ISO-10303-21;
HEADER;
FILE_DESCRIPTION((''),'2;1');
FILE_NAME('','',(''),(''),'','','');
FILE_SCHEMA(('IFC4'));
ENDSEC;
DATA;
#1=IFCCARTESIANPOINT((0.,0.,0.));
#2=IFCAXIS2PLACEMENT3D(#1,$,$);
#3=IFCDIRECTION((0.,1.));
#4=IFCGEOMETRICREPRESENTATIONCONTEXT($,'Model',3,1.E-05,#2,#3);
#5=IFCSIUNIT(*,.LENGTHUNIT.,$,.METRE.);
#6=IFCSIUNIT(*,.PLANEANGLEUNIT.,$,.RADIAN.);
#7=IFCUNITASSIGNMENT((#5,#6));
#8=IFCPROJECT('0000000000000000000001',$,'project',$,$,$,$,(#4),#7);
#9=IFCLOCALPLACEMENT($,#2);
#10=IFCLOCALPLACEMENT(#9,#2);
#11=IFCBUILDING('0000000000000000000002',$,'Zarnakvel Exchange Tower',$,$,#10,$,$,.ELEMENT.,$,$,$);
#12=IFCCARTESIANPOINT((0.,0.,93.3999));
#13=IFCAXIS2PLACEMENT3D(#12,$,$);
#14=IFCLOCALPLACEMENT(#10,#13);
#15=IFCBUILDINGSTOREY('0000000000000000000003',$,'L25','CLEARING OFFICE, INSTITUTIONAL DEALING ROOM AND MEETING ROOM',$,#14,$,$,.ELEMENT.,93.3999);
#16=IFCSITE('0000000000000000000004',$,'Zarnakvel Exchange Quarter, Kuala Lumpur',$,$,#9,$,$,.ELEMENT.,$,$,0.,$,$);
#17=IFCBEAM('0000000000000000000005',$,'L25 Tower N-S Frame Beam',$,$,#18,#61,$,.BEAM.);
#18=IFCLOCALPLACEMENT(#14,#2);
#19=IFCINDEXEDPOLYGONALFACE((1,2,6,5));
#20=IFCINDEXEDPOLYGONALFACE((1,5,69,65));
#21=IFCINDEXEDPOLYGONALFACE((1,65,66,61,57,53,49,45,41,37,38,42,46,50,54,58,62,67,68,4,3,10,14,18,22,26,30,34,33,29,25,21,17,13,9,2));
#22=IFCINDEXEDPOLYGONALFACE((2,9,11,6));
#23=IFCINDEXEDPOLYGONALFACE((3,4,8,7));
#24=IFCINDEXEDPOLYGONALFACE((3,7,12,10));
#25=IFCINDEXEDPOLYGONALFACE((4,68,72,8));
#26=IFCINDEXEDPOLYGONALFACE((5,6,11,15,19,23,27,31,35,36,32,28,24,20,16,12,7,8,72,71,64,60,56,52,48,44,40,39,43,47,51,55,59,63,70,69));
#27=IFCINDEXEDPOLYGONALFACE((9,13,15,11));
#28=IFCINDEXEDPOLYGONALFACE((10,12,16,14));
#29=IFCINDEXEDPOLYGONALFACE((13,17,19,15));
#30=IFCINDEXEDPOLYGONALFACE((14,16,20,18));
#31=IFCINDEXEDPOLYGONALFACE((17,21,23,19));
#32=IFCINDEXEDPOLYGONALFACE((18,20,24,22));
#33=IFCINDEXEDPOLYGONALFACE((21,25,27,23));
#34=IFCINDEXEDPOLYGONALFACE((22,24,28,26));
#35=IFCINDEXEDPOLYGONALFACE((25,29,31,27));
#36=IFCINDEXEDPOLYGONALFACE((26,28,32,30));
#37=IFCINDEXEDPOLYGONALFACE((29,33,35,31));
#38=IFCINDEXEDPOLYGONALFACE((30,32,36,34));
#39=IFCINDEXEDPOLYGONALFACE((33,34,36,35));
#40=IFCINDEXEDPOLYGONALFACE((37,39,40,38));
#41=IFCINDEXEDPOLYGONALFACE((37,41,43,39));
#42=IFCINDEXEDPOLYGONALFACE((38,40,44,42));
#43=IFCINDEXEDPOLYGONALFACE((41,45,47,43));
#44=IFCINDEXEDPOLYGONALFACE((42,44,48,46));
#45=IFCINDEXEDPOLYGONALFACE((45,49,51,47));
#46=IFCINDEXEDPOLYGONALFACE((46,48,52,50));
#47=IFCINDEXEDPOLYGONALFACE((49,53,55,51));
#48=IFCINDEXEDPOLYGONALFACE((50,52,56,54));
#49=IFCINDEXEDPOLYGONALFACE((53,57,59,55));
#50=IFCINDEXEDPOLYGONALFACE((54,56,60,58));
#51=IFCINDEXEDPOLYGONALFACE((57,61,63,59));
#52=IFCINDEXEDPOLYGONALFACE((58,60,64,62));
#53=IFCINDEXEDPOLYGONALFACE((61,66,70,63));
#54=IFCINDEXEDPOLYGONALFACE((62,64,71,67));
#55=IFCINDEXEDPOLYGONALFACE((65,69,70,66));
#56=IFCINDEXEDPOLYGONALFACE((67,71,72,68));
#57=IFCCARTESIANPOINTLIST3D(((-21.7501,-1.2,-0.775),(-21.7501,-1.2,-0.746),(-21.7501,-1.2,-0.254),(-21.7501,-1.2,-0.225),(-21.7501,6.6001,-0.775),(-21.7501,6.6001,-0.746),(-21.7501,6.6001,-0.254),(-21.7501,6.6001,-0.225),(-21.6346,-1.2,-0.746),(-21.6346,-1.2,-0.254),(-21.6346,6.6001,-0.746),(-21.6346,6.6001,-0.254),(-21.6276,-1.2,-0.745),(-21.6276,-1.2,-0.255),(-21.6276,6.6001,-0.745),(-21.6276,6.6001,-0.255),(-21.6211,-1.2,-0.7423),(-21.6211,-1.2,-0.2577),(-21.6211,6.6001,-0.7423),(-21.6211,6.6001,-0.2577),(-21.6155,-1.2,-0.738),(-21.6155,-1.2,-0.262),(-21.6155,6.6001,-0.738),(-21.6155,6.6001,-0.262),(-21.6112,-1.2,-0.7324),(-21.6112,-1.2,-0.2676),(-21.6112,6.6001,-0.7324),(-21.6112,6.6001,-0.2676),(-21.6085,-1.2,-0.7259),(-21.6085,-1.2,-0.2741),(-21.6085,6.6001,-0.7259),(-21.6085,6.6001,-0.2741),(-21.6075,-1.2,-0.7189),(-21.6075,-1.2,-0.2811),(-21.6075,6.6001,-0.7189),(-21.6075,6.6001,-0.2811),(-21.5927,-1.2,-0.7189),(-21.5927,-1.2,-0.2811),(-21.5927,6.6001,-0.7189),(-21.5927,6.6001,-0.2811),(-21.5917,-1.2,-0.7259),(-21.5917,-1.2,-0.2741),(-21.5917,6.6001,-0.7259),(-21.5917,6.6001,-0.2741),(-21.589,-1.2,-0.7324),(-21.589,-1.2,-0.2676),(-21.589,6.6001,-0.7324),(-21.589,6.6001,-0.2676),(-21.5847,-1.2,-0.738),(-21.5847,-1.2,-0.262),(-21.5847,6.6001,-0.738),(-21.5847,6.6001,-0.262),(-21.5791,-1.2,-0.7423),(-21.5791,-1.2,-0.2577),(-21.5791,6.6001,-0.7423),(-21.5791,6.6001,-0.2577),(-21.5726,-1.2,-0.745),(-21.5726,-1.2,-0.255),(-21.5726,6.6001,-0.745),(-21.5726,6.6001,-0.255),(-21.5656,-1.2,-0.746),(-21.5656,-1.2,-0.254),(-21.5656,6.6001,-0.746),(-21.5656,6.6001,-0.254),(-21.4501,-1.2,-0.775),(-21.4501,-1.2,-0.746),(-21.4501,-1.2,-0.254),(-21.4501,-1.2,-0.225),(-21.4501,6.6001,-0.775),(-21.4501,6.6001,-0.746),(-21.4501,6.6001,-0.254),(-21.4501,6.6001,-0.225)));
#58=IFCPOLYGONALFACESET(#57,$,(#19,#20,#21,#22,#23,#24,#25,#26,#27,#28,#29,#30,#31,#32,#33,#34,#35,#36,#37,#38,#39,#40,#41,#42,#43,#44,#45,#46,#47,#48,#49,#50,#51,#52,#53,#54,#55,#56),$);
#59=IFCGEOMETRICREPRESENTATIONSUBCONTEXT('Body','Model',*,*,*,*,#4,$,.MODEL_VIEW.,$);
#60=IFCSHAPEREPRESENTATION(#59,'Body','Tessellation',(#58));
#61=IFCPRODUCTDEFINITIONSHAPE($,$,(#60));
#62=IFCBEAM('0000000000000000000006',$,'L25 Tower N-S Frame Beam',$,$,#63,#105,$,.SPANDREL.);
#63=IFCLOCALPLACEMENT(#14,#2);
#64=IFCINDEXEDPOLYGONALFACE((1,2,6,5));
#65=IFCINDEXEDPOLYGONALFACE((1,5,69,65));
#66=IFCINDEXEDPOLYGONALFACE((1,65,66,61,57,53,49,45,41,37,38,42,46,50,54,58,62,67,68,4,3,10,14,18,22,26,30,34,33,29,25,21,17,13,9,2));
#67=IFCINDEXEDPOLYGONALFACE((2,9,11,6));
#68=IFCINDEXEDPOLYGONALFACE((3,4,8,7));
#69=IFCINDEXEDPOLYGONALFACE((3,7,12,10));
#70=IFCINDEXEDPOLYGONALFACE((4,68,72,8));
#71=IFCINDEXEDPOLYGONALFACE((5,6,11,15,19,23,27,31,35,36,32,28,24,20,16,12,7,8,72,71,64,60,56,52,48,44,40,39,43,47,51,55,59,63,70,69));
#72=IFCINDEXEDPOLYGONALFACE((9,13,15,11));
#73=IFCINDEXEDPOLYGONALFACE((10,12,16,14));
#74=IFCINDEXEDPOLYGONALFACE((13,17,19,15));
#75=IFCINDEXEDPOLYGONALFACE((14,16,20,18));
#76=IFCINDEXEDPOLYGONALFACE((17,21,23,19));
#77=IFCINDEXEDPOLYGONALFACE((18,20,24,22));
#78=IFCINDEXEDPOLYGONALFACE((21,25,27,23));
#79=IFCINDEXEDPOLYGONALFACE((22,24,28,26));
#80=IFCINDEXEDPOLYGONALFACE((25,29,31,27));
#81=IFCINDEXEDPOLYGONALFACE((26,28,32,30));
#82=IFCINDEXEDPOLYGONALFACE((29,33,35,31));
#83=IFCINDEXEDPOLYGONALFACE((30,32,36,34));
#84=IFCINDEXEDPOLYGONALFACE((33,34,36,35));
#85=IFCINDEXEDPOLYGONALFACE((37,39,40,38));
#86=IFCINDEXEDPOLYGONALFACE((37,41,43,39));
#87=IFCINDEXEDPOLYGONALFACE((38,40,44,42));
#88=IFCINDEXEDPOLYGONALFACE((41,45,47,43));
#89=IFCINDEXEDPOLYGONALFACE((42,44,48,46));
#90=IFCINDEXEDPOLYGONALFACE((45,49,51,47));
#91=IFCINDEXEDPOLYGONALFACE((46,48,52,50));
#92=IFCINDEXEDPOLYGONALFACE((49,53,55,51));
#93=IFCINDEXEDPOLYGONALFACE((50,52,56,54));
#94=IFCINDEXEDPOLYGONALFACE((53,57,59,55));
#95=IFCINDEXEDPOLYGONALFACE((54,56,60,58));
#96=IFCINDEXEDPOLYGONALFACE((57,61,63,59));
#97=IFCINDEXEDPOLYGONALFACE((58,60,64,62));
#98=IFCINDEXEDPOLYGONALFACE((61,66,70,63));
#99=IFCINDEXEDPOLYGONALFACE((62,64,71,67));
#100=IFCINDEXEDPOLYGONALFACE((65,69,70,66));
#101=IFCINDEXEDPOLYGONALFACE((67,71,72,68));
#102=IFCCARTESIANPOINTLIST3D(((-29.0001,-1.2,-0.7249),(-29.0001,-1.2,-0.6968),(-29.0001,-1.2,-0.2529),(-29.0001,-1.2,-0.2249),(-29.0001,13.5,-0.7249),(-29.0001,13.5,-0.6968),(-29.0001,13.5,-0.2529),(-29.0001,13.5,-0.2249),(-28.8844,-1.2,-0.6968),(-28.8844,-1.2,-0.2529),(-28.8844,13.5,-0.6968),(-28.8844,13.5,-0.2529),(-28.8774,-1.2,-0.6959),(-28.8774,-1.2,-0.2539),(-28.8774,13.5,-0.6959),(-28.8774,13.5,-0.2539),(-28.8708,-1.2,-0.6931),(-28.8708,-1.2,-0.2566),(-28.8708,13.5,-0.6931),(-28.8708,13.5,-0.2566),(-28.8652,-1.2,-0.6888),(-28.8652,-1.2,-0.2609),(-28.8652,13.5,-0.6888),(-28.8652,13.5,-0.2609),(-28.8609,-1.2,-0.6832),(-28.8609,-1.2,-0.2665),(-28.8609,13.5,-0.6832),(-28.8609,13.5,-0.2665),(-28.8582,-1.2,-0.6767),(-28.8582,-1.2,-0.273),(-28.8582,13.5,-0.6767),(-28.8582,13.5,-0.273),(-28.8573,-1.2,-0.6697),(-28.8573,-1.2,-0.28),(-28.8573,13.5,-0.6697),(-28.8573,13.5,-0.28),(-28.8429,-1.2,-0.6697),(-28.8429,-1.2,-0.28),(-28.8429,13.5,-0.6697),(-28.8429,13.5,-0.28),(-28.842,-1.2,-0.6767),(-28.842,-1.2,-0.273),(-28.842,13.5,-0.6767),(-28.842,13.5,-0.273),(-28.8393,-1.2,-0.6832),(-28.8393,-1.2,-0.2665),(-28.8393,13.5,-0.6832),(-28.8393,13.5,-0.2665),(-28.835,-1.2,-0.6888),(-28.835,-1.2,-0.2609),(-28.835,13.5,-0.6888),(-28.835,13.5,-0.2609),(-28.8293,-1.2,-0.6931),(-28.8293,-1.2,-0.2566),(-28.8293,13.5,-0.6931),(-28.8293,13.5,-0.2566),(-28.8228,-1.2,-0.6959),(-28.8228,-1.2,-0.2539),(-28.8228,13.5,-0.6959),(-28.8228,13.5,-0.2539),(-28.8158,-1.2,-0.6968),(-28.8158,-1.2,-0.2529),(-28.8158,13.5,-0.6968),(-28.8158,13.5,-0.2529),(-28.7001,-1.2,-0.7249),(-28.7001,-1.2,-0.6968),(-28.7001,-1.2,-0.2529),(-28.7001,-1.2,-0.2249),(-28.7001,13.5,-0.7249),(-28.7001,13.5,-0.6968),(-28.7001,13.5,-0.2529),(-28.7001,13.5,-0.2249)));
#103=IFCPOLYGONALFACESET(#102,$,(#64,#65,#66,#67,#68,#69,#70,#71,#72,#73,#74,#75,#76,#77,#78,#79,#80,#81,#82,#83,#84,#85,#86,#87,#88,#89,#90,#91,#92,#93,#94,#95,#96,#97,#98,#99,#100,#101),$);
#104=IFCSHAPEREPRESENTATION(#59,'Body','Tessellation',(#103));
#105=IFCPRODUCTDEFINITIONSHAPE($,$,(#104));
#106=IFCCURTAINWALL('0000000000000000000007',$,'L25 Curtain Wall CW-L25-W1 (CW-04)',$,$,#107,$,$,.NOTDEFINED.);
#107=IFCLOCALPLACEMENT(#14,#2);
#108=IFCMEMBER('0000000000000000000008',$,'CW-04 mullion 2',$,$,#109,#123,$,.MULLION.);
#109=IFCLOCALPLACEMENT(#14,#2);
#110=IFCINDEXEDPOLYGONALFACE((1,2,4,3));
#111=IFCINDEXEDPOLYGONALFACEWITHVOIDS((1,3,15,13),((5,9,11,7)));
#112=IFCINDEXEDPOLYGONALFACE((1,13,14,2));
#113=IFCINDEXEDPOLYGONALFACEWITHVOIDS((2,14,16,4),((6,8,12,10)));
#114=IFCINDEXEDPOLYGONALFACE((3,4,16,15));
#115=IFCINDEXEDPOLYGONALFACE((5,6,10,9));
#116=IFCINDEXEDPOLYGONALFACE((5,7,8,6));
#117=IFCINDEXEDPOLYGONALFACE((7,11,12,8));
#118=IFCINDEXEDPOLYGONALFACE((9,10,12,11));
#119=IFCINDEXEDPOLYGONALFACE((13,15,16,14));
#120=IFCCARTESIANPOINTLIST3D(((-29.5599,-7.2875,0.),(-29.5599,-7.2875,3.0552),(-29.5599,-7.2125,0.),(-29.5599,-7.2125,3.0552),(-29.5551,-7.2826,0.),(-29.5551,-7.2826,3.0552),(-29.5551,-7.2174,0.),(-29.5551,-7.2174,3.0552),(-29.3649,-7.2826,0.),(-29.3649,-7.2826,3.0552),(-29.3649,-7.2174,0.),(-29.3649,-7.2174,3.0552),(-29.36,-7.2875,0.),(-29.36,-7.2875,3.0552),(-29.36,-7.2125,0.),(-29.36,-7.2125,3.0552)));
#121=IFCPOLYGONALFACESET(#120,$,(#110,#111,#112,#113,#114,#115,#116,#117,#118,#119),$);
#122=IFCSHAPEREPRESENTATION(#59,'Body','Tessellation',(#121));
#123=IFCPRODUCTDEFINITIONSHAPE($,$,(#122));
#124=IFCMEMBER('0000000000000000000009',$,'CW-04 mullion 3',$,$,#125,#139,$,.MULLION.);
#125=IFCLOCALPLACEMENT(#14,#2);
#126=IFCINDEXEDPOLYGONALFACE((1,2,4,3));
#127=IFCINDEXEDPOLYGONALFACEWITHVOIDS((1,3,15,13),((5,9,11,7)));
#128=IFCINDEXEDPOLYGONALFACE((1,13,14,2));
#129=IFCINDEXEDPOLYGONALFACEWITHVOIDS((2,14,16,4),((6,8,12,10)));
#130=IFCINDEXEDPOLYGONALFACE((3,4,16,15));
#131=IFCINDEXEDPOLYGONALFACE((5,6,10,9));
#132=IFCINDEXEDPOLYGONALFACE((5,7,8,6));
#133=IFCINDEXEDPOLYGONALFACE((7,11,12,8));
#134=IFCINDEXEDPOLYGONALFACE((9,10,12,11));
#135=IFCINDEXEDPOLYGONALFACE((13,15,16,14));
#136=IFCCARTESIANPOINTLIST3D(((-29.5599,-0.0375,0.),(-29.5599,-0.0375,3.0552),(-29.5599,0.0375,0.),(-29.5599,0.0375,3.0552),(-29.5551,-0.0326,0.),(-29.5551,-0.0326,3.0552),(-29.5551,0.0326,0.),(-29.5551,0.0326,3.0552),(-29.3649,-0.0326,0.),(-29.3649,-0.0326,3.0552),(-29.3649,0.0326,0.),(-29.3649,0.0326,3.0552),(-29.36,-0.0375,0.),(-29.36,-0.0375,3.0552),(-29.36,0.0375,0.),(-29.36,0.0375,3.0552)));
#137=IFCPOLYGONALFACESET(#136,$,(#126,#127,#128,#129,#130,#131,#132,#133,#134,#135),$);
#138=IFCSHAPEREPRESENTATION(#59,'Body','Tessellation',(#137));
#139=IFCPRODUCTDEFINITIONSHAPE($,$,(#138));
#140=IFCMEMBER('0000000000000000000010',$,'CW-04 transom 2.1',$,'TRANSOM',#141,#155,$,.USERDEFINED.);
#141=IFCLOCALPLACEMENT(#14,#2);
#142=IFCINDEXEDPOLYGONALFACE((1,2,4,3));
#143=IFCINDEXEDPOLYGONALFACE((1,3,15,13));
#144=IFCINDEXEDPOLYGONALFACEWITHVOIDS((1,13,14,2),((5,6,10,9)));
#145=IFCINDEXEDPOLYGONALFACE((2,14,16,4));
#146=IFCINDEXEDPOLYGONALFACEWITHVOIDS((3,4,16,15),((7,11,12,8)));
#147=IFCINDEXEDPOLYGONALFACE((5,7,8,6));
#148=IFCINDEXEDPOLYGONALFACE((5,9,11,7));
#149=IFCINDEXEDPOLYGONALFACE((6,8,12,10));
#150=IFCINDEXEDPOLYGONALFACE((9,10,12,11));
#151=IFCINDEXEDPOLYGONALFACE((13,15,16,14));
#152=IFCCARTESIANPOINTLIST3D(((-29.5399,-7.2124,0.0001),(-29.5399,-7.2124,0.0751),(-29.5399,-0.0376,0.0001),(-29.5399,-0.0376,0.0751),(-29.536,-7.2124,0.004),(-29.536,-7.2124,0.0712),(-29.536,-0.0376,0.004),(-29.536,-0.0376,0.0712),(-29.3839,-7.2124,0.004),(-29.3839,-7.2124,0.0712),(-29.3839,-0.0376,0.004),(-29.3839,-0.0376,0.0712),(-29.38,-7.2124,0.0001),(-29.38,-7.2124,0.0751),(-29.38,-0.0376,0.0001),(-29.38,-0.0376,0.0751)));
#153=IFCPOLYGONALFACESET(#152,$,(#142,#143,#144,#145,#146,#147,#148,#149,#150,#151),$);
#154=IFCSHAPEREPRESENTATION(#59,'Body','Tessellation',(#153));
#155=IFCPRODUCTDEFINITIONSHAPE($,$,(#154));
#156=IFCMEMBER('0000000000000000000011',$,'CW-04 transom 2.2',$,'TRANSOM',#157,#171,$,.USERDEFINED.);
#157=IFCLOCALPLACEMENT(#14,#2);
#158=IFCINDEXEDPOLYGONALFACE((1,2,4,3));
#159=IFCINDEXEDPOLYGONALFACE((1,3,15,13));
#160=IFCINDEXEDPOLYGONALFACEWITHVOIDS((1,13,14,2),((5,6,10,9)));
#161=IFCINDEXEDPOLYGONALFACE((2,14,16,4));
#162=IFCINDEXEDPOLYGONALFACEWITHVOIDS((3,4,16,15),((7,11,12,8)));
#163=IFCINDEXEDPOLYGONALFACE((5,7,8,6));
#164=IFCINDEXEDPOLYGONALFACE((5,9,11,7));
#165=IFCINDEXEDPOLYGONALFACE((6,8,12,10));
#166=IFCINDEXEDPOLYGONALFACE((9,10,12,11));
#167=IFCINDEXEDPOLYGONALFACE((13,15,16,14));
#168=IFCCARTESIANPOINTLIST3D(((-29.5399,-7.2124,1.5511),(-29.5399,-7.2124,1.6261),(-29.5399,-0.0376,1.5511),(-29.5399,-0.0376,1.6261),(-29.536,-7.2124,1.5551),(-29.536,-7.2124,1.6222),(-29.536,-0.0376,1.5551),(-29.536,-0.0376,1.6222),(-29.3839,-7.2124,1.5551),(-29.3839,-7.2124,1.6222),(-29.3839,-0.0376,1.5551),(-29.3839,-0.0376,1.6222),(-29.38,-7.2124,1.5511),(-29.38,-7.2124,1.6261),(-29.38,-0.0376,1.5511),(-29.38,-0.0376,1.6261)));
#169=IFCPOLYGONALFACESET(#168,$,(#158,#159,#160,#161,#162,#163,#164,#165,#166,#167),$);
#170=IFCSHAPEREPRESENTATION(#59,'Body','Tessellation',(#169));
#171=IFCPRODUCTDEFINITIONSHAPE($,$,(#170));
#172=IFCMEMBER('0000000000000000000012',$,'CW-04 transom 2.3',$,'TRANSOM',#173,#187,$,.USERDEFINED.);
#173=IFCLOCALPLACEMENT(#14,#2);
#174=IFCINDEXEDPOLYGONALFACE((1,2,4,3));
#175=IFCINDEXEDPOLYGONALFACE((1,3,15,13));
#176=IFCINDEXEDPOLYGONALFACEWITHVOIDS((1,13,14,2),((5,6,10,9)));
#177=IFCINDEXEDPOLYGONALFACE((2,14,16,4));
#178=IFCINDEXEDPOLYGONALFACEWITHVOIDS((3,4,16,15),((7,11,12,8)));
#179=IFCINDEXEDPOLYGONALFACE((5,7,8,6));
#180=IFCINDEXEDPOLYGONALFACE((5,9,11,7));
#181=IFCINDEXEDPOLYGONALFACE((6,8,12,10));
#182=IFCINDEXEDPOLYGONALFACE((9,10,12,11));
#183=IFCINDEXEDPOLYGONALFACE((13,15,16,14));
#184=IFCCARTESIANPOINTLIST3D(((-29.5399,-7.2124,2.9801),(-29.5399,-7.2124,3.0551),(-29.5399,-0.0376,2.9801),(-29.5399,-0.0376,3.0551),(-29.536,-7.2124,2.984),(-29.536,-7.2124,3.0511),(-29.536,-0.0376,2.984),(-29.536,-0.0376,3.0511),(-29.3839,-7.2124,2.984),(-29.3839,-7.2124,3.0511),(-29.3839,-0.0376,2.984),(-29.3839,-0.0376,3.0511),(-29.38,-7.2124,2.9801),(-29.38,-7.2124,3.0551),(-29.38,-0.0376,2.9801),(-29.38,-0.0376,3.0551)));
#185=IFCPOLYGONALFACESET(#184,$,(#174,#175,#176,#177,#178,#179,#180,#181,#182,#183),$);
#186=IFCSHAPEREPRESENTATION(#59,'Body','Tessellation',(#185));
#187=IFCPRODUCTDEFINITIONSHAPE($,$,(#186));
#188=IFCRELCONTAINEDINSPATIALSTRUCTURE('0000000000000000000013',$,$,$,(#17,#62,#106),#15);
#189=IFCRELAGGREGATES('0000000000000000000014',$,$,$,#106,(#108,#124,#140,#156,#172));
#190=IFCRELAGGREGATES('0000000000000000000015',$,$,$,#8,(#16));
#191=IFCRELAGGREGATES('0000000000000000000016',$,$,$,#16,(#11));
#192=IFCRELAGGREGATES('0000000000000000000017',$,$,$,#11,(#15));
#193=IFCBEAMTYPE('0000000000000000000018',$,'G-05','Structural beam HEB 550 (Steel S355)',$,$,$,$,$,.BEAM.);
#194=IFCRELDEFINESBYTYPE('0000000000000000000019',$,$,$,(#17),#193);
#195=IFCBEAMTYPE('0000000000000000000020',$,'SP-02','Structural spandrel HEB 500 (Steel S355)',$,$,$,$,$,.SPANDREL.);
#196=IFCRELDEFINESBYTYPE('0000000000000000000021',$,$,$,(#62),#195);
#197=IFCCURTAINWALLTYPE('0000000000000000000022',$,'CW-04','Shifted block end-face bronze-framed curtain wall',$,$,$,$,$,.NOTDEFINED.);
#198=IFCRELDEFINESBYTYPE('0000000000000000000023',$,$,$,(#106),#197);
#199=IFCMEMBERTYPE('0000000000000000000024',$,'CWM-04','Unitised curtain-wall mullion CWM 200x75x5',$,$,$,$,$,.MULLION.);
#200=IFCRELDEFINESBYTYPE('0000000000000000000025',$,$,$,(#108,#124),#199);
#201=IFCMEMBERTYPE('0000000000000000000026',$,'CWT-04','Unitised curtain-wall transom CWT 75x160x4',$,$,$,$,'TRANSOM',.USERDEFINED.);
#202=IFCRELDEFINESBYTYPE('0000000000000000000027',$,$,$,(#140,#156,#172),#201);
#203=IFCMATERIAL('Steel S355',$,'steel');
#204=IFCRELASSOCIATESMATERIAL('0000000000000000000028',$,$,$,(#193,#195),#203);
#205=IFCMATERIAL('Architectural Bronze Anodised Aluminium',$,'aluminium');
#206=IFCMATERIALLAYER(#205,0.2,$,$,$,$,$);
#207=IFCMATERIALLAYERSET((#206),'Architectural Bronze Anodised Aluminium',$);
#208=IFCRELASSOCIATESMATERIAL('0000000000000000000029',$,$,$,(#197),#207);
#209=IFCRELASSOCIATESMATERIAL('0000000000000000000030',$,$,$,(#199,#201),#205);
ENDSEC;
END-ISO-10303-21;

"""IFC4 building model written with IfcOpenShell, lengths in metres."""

from ifc_helpers import new_model, si_unit, direction, frame, origin, origin_2d, place, context, subcontext, project, spatial, hollow_rectangle, i_section, extrude, source, transform, mapped, material, layer, layer_set, material_profile, profile_set, type_object, element, aggregate, save


model = new_model("IFC4")

# Units and contexts
model_context = context("Model", 3, precision=1e-05, world=origin(), true_north=direction((0.0, 1.0)))
body_context = subcontext(model_context, "Body", "Model", "MODEL_VIEW")
ifc_project = project(units=[si_unit("LENGTHUNIT", "METRE"), si_unit("PLANEANGLEUNIT", "RADIAN")], contexts=[model_context])

# Site, building, storey
site_placement = place(None, origin())
site = spatial("IfcSite", under=ifc_project, at=site_placement, Name="Zarnakvel Exchange Quarter, Kuala Lumpur", CompositionType="ELEMENT", RefElevation=0.0)
building_placement = place(site_placement, origin())
building = spatial("IfcBuilding", under=site, at=building_placement, Name="Zarnakvel Exchange Tower", CompositionType="ELEMENT")
storey_placement = place(building_placement, frame((0.0, 0.0, 93.3999)))
storey = spatial("IfcBuildingStorey", under=building, at=storey_placement, Name="L25", Description="CLEARING OFFICE, INSTITUTIONAL DEALING ROOM AND MEETING ROOM", CompositionType="ELEMENT", Elevation=93.3999)

# Shared definitions
ifc_material_1 = material(Name="Steel S355", Category="steel")

# Beams
ifc_material_profile_1 = material_profile(ifc_material_1, i_section(OverallWidth=0.3, OverallDepth=0.55, WebThickness=0.0149, FlangeThickness=0.0291, FilletRadius=0.0271, at=origin_2d()))
ifc_profile_set_1 = profile_set([ifc_material_profile_1], Name="Steel S355")
beam_type_1 = type_object("IfcBeamType", Name="G-05", Description="Structural beam HEB 550 (Steel S355)", PredefinedType="BEAM", material=ifc_profile_set_1)
beam_1_placement = place(storey_placement, frame((-21.6001, -1.2, -0.5), z_axis=(0.0, 1.0, 0.0), x_axis=(-1.0, 0.0, 0.0)))
element("IfcBeam", 1, at=beam_1_placement, inside=storey, type_object=beam_type_1, Name="L25 Tower N-S Frame Beam", PredefinedType="BEAM", context=body_context, shape_type="SweptSolid", body=[
    extrude(i_section(OverallWidth=0.3, OverallDepth=0.55, WebThickness=0.0149, FlangeThickness=0.0291, FilletRadius=0.0271, at=origin_2d()), origin(), (0.0, 0.0, 1.0), 7.8),
])
ifc_material_profile_2 = material_profile(ifc_material_1, i_section(OverallWidth=0.3, OverallDepth=0.5, WebThickness=0.0144, FlangeThickness=0.0281, FilletRadius=0.0271, at=origin_2d()))
ifc_profile_set_2 = profile_set([ifc_material_profile_2], Name="Steel S355")
beam_type_2 = type_object("IfcBeamType", Name="SP-02", Description="Structural spandrel HEB 500 (Steel S355)", PredefinedType="SPANDREL", material=ifc_profile_set_2)
beam_2_placement = place(storey_placement, frame((-28.8501, -1.2, -0.4749), z_axis=(0.0, 1.0, 0.0), x_axis=(-1.0, 0.0, 0.0)))
element("IfcBeam", 2, at=beam_2_placement, inside=storey, type_object=beam_type_2, Name="L25 Tower N-S Frame Beam", PredefinedType="SPANDREL", context=body_context, shape_type="SweptSolid", body=[
    extrude(i_section(OverallWidth=0.3, OverallDepth=0.5, WebThickness=0.0144, FlangeThickness=0.0281, FilletRadius=0.0271, at=origin_2d()), origin(), (0.0, 0.0, 1.0), 14.7),
])

# Curtain wall, members
ifc_material_2 = material(Name="Architectural Bronze Anodised Aluminium", Category="aluminium")
ifc_layer_1 = layer(ifc_material_2, 0.2)
ifc_layer_set_1 = layer_set([ifc_layer_1], Name="Architectural Bronze Anodised Aluminium")
curtain_wall_type = type_object("IfcCurtainWallType", Name="CW-04", Description="Shifted block end-face bronze-framed curtain wall", PredefinedType="NOTDEFINED", material=ifc_layer_set_1)
curtain_wall_placement = place(storey_placement, origin())
curtain_wall = element("IfcCurtainWall", 3, at=curtain_wall_placement, inside=storey, type_object=curtain_wall_type, Name="L25 Curtain Wall CW-L25-W1 (CW-04)", PredefinedType="NOTDEFINED")
ifc_material_profile_3 = material_profile(ifc_material_2, hollow_rectangle(XDim=0.2, YDim=0.075, WallThickness=0.0049, at=origin_2d()))
ifc_profile_set_3 = profile_set([ifc_material_profile_3], Name="Architectural Bronze Anodised Aluminium")
member_type_1 = type_object("IfcMemberType", Name="CWM-04", Description="Unitised curtain-wall mullion CWM 200x75x5", PredefinedType="MULLION", material=ifc_profile_set_3)
shared_shape_1 = source(origin(), body_context, "Body", "SweptSolid", [
    extrude(hollow_rectangle(XDim=0.2, YDim=0.075, WallThickness=0.0049, at=origin_2d()), origin(), (0.0, 0.0, 1.0), 3.0552),
])
member_1_placement = place(storey_placement, frame((-29.46, -7.25, 0.0), z_axis=(0.0, 0.0, 1.0), x_axis=(-1.0, 0.0, 0.0)))
member_1 = element("IfcMember", 4, at=member_1_placement, type_object=member_type_1, Name="CW-04 mullion 2", PredefinedType="MULLION", context=body_context, shape_type="MappedRepresentation", body=[
    mapped(shared_shape_1, transform((0.0, 0.0, 0.0), x_axis=(1.0, 0.0, 0.0), y_axis=(0.0, 1.0, 0.0), z_axis=(0.0, 0.0, 1.0), scale=1.0)),
])
member_2_placement = place(storey_placement, frame((-29.46, 0.0, 0.0), z_axis=(0.0, 0.0, 1.0), x_axis=(-1.0, 0.0, 0.0)))
member_2 = element("IfcMember", 5, at=member_2_placement, type_object=member_type_1, Name="CW-04 mullion 3", PredefinedType="MULLION", context=body_context, shape_type="MappedRepresentation", body=[
    mapped(shared_shape_1, transform((0.0, 0.0, 0.0), x_axis=(1.0, 0.0, 0.0), y_axis=(0.0, 1.0, 0.0), z_axis=(0.0, 0.0, 1.0), scale=1.0)),
])
ifc_material_profile_4 = material_profile(ifc_material_2, hollow_rectangle(XDim=0.1599, YDim=0.075, WallThickness=0.0039, at=origin_2d()))
ifc_profile_set_4 = profile_set([ifc_material_profile_4], Name="Architectural Bronze Anodised Aluminium")
member_type_2 = type_object("IfcMemberType", Name="CWT-04", Description="Unitised curtain-wall transom CWT 75x160x4", ElementType="TRANSOM", PredefinedType="USERDEFINED", material=ifc_profile_set_4)
shared_shape_2 = source(origin(), body_context, "Body", "SweptSolid", [
    extrude(hollow_rectangle(XDim=0.1599, YDim=0.075, WallThickness=0.0039, at=origin_2d()), origin(), (0.0, 0.0, 1.0), 7.1748),
])
member_3_placement = place(storey_placement, frame((-29.46, -7.2124, 0.0376), z_axis=(0.0, 1.0, 0.0), x_axis=(-1.0, 0.0, 0.0)))
member_3 = element("IfcMember", 6, at=member_3_placement, type_object=member_type_2, Name="CW-04 transom 2.1", ObjectType="TRANSOM", PredefinedType="USERDEFINED", context=body_context, shape_type="MappedRepresentation", body=[
    mapped(shared_shape_2, transform((0.0, 0.0, 0.0), x_axis=(1.0, 0.0, 0.0), y_axis=(0.0, 1.0, 0.0), z_axis=(0.0, 0.0, 1.0), scale=1.0)),
])
member_4_placement = place(storey_placement, frame((-29.46, -7.2124, 1.5886), z_axis=(0.0, 1.0, 0.0), x_axis=(-1.0, 0.0, 0.0)))
member_4 = element("IfcMember", 7, at=member_4_placement, type_object=member_type_2, Name="CW-04 transom 2.2", ObjectType="TRANSOM", PredefinedType="USERDEFINED", context=body_context, shape_type="MappedRepresentation", body=[
    mapped(shared_shape_2, transform((0.0, 0.0, 0.0), x_axis=(1.0, 0.0, 0.0), y_axis=(0.0, 1.0, 0.0), z_axis=(0.0, 0.0, 1.0), scale=1.0)),
])
member_5_placement = place(storey_placement, frame((-29.46, -7.2124, 3.0176), z_axis=(0.0, 1.0, 0.0), x_axis=(-1.0, 0.0, 0.0)))
member_5 = element("IfcMember", 8, at=member_5_placement, type_object=member_type_2, Name="CW-04 transom 2.3", ObjectType="TRANSOM", PredefinedType="USERDEFINED", context=body_context, shape_type="MappedRepresentation", body=[
    mapped(shared_shape_2, transform((0.0, 0.0, 0.0), x_axis=(1.0, 0.0, 0.0), y_axis=(0.0, 1.0, 0.0), z_axis=(0.0, 0.0, 1.0), scale=1.0)),
])
aggregate(curtain_wall, [member_1, member_2, member_3, member_4, member_5])

save(model, "model.ifc")
